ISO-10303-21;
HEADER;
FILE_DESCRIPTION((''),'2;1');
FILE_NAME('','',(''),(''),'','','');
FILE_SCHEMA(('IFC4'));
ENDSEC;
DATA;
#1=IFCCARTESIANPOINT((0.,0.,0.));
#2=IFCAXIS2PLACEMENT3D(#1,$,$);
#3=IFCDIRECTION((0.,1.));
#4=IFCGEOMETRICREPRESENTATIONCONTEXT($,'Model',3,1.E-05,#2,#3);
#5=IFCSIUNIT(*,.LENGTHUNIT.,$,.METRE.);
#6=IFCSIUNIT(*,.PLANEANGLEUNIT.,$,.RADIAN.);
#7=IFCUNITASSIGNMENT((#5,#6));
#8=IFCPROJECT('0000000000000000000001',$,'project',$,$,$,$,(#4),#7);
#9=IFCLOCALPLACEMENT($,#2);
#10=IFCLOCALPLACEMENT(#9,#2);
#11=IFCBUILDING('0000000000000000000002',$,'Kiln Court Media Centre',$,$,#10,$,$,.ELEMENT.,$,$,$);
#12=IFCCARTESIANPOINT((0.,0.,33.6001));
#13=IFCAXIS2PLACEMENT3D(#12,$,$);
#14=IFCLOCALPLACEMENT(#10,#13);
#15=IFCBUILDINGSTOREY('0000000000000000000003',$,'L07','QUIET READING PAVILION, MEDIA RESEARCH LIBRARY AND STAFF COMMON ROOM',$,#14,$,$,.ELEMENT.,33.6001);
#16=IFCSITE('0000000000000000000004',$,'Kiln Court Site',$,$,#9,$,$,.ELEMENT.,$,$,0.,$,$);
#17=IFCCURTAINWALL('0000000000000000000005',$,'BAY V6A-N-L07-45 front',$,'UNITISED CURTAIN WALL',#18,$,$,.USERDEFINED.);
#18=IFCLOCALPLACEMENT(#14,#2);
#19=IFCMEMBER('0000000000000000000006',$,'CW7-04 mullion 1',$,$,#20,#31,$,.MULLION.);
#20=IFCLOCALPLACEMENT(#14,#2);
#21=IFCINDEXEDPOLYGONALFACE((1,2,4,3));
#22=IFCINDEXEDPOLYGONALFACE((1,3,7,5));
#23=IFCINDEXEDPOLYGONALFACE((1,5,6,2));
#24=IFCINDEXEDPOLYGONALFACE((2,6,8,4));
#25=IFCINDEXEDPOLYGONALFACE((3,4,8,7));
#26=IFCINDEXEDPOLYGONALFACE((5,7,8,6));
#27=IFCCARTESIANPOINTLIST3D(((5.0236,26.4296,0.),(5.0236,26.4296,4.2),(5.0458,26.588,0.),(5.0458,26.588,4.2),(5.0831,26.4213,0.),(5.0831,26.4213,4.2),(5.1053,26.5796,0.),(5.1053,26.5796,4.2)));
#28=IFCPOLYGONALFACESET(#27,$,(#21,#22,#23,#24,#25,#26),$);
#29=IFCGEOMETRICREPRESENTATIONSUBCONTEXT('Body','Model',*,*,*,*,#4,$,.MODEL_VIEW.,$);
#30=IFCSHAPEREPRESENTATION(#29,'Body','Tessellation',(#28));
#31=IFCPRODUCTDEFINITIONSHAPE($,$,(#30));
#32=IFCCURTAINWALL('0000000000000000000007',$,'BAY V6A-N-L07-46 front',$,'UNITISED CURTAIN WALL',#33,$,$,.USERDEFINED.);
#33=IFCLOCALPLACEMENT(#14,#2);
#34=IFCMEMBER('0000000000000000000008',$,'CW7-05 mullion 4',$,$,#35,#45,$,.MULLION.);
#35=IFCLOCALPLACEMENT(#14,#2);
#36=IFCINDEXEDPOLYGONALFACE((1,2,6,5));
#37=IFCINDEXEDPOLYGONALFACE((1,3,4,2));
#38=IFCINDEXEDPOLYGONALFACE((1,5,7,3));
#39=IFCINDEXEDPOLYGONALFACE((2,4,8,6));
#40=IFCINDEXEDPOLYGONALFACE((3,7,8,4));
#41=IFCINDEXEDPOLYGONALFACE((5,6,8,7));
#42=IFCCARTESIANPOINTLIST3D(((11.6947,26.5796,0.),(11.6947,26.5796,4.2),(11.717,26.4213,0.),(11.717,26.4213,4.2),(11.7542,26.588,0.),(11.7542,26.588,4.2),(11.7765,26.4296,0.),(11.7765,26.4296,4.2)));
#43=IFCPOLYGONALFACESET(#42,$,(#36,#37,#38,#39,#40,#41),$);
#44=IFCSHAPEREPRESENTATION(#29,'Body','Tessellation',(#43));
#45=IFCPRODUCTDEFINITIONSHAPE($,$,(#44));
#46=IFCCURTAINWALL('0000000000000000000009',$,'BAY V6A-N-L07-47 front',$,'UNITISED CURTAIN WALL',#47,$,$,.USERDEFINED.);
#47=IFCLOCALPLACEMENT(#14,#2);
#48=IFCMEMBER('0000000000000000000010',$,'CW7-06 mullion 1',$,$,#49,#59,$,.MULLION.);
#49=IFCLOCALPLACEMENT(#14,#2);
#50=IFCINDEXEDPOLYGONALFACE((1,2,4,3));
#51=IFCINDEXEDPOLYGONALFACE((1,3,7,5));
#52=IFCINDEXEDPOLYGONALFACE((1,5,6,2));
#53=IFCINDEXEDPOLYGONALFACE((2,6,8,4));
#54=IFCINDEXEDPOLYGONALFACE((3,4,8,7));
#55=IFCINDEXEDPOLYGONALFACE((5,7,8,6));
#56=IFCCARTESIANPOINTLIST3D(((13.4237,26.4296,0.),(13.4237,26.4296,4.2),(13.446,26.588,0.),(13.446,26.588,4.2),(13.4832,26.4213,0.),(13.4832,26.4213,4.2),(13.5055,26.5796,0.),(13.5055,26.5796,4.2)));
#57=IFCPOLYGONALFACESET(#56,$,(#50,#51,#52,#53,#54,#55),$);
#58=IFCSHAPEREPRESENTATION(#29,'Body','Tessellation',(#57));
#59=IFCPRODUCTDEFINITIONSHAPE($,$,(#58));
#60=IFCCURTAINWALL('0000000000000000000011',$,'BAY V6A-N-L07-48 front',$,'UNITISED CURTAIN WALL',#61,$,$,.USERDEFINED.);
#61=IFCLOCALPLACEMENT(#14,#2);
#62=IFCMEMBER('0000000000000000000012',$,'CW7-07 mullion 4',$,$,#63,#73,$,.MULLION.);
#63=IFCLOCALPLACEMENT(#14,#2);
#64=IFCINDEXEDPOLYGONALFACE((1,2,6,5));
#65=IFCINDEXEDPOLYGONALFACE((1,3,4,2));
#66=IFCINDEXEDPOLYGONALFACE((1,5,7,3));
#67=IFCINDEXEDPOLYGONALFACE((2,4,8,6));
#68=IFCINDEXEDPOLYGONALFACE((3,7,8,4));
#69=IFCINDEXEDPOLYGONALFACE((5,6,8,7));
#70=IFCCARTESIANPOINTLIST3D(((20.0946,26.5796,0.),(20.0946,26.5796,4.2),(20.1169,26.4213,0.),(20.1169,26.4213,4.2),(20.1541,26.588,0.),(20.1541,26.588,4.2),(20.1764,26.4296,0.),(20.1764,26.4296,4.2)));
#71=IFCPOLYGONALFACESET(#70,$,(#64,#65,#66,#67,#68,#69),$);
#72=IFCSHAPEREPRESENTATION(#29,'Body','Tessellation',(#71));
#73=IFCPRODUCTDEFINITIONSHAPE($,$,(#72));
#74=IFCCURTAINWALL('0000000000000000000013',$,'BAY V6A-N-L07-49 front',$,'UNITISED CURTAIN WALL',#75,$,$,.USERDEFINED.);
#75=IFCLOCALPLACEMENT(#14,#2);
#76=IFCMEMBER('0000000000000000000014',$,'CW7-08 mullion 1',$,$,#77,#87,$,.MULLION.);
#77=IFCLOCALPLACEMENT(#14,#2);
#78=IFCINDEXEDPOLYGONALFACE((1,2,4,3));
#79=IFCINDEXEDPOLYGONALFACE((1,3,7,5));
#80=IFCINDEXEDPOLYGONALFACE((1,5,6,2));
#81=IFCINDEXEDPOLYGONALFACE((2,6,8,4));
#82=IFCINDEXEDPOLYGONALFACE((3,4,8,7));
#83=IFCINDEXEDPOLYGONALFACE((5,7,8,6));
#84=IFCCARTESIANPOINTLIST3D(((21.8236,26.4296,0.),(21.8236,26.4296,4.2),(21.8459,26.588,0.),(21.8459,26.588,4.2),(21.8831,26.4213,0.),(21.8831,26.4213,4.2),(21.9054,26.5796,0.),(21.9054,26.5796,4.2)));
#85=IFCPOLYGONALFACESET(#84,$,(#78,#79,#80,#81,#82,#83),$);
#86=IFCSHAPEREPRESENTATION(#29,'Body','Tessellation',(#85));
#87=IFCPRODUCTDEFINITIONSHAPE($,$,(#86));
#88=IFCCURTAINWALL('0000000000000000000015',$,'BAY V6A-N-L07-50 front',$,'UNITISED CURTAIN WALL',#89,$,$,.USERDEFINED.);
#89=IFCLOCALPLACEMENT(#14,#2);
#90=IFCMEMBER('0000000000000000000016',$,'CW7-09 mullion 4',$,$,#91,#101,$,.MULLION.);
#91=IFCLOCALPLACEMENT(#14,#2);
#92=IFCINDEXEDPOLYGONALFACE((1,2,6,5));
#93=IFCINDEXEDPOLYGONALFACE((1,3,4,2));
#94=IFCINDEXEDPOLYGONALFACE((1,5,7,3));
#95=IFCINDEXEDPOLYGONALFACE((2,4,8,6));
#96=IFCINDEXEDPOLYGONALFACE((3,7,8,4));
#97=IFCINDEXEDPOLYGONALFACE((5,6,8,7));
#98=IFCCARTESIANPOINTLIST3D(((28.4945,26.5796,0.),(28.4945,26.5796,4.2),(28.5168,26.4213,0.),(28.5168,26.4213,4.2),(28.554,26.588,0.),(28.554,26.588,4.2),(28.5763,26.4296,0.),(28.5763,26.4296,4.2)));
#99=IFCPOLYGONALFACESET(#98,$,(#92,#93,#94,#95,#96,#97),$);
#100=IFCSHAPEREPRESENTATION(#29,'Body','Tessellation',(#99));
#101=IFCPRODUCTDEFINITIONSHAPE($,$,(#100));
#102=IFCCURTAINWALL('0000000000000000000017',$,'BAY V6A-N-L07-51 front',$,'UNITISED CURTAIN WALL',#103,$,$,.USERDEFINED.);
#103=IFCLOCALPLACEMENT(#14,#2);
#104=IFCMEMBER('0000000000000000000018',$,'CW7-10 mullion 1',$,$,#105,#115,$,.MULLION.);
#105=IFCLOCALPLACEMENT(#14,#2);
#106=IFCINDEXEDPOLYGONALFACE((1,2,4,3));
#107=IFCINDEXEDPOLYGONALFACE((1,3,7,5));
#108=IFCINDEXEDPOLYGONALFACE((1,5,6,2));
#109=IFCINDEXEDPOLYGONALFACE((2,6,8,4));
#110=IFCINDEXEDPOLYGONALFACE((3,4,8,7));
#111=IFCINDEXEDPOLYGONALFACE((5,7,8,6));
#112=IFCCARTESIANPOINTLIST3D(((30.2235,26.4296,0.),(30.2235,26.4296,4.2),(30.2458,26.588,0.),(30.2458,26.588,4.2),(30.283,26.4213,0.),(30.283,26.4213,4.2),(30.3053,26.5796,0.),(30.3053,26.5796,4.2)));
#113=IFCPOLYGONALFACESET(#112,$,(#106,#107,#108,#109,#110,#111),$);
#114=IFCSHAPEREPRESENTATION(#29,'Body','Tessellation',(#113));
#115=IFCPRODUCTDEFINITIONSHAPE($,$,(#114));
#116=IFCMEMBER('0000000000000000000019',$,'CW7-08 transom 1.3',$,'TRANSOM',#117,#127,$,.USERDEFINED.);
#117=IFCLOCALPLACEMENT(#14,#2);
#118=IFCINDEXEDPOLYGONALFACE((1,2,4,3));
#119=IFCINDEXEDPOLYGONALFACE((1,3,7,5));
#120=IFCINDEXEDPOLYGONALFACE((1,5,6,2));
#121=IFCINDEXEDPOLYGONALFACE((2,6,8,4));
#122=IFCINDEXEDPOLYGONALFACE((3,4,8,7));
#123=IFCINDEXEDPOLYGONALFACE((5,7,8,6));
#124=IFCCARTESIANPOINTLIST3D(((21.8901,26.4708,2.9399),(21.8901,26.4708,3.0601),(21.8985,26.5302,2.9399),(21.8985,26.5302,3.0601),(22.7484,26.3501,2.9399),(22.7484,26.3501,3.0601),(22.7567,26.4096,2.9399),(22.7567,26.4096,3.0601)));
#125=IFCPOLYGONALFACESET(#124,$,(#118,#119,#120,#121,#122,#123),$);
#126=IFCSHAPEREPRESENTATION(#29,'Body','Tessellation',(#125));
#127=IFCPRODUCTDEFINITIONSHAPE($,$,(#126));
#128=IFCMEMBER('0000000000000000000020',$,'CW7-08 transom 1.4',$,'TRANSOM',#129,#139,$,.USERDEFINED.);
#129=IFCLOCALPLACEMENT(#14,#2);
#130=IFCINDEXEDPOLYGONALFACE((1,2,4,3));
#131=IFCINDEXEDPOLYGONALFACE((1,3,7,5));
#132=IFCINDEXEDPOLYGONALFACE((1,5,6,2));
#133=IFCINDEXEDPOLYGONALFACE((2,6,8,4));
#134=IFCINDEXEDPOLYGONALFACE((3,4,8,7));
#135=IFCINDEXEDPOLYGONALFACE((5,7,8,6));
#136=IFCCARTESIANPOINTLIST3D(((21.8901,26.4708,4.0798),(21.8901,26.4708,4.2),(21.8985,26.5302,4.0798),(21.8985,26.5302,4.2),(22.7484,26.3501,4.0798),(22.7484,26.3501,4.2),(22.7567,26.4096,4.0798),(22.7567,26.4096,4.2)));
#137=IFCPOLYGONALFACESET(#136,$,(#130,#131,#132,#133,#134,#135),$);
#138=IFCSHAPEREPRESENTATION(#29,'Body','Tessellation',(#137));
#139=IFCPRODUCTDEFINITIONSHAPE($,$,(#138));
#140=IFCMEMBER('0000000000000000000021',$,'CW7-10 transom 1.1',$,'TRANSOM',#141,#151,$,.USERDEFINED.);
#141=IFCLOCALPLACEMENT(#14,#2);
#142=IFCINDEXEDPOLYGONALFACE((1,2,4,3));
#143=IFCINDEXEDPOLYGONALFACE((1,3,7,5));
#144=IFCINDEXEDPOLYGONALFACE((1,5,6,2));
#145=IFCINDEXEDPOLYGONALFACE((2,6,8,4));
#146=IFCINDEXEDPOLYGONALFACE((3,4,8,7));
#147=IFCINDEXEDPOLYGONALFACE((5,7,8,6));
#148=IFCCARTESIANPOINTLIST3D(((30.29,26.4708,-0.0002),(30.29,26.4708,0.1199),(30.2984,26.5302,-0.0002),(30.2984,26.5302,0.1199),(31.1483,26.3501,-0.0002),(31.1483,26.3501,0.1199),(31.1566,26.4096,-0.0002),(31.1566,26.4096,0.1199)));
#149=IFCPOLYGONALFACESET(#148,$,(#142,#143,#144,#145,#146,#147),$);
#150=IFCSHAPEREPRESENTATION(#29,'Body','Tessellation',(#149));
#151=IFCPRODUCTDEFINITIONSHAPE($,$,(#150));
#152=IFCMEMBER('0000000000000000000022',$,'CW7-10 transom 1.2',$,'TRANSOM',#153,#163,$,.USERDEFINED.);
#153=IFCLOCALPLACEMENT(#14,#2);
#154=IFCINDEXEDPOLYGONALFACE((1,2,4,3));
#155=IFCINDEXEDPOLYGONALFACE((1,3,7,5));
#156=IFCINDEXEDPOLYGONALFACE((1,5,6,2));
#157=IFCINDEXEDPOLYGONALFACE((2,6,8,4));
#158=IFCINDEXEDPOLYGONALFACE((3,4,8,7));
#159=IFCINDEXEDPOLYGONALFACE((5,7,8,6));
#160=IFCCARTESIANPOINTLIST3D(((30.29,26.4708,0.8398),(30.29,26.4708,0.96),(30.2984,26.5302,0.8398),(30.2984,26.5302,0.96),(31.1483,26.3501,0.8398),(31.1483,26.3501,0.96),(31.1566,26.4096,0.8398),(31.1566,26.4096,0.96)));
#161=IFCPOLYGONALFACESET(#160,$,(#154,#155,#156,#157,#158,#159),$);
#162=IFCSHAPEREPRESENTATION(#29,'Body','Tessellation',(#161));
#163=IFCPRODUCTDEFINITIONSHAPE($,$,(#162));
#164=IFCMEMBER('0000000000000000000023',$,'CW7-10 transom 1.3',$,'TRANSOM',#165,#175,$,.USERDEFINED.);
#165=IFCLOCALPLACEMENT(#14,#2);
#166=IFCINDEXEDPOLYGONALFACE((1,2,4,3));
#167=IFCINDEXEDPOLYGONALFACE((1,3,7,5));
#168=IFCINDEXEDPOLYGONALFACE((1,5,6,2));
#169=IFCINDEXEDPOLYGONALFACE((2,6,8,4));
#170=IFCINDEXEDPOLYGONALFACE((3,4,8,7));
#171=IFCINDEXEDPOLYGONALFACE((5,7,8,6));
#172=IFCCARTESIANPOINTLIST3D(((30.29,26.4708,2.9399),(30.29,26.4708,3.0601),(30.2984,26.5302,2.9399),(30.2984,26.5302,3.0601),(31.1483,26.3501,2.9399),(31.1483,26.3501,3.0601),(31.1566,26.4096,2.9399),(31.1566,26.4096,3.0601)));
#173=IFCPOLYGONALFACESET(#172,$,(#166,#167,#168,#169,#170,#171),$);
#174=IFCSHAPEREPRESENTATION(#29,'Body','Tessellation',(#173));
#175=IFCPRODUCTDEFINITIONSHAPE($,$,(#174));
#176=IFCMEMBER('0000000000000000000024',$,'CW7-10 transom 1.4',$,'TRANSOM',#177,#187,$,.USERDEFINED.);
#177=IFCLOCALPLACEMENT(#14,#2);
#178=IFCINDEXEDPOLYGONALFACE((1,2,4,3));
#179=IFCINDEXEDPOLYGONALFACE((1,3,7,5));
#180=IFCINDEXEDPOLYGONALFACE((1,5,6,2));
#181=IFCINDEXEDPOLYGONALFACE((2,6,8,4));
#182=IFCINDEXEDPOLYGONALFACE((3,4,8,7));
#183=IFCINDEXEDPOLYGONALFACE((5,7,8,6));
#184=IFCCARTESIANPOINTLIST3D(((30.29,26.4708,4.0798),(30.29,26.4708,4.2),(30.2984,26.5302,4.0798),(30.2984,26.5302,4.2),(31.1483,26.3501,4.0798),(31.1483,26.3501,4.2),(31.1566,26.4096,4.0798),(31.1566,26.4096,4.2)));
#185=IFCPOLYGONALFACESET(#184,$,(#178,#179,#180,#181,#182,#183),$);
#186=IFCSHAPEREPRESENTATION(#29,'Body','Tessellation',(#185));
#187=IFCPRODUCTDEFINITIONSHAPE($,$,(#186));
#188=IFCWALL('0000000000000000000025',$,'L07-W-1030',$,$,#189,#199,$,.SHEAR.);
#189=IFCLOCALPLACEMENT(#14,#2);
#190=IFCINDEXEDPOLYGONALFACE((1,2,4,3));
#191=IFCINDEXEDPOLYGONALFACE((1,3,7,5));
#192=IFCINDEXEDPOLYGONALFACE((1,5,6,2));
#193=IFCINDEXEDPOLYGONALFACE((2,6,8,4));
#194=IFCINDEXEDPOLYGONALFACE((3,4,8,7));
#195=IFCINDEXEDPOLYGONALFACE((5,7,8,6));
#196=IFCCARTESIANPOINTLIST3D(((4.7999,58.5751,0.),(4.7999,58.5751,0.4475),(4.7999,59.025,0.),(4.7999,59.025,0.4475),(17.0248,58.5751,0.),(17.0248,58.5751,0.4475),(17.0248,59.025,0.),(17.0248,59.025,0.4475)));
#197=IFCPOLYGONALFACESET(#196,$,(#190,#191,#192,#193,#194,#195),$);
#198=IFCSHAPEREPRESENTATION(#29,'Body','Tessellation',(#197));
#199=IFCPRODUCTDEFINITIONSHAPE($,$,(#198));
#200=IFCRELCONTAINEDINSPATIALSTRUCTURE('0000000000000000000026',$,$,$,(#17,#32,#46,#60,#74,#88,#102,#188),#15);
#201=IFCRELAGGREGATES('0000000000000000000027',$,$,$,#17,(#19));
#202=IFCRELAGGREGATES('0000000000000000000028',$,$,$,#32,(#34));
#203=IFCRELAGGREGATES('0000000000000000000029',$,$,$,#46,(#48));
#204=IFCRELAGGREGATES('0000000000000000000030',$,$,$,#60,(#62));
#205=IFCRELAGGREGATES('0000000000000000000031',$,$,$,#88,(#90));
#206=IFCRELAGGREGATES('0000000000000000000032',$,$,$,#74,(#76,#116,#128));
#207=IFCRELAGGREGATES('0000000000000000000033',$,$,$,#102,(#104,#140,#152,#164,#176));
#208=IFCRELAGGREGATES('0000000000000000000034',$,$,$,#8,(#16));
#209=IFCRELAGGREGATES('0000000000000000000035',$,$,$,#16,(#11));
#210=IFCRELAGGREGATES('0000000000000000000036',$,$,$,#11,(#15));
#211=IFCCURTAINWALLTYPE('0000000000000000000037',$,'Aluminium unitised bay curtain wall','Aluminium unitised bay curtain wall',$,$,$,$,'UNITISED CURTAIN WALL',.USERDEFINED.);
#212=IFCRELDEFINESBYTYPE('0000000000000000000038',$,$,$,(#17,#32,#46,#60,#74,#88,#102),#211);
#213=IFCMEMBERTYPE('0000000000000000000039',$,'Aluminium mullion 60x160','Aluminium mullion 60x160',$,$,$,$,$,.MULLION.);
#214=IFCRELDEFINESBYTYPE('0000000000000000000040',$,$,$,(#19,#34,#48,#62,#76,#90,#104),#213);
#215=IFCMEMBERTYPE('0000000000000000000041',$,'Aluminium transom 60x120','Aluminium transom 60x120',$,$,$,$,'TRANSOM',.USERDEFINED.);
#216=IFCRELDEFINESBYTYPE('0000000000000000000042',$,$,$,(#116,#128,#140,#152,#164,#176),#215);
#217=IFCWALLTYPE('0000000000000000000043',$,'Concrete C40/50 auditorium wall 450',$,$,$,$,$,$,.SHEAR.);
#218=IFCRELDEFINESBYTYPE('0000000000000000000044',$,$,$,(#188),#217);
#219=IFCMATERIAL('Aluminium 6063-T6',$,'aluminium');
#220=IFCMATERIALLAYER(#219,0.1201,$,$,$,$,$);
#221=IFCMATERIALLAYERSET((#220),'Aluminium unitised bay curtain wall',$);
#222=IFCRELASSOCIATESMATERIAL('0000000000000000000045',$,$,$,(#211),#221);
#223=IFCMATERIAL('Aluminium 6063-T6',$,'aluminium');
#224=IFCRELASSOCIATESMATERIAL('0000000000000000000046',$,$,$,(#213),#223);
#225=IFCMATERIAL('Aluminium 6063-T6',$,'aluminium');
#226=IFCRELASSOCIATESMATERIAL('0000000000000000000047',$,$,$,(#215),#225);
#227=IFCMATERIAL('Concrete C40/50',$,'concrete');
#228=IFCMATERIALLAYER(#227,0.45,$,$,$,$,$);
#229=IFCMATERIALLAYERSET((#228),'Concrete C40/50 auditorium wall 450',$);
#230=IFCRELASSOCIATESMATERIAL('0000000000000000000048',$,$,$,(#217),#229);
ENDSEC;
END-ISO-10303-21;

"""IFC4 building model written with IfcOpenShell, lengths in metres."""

from ifc_helpers import new_model, si_unit, direction, frame, frame_2d, origin, origin_2d, place, context, subcontext, project, spatial, rectangle, extrude, material, layer, layer_set, material_profile, profile_set, type_object, element, aggregate, save


model = new_model("IFC4")

# Units and contexts
model_context = context("Model", 3, precision=1e-05, world=origin(), true_north=direction((0.0, 1.0)))
body_context = subcontext(model_context, "Body", "Model", "MODEL_VIEW")
ifc_project = project(units=[si_unit("LENGTHUNIT", "METRE"), si_unit("PLANEANGLEUNIT", "RADIAN")], contexts=[model_context])

# Site, building, storey
site_placement = place(None, origin())
site = spatial("IfcSite", under=ifc_project, at=site_placement, Name="Kiln Court Site", CompositionType="ELEMENT", RefElevation=0.0)
building_placement = place(site_placement, origin())
building = spatial("IfcBuilding", under=site, at=building_placement, Name="Kiln Court Media Centre", CompositionType="ELEMENT")
storey_placement = place(building_placement, frame((0.0, 0.0, 33.6001)))
storey = spatial("IfcBuildingStorey", under=building, at=storey_placement, Name="L07", Description="QUIET READING PAVILION, MEDIA RESEARCH LIBRARY AND STAFF COMMON ROOM", CompositionType="ELEMENT", Elevation=33.6001)

# Curtain walls, members
ifc_material_1 = material(Name="Aluminium 6063-T6", Category="aluminium")
ifc_layer_1 = layer(ifc_material_1, 0.1201)
ifc_layer_set_1 = layer_set([ifc_layer_1], Name="Aluminium unitised bay curtain wall")
curtain_wall_type = type_object("IfcCurtainWallType", Name="Aluminium unitised bay curtain wall", Description="Aluminium unitised bay curtain wall", ElementType="UNITISED CURTAIN WALL", PredefinedType="USERDEFINED", material=ifc_layer_set_1)
curtain_wall_1_placement = place(storey_placement, origin())
curtain_wall_1 = element("IfcCurtainWall", 1, at=curtain_wall_1_placement, inside=storey, type_object=curtain_wall_type, Name="BAY V6A-N-L07-45 front", ObjectType="UNITISED CURTAIN WALL", PredefinedType="USERDEFINED")
ifc_material_2 = material(Name="Aluminium 6063-T6", Category="aluminium")
ifc_material_profile_1 = material_profile(ifc_material_2, rectangle(XDim=0.0601, YDim=0.1599, at=origin_2d()), Name="Aluminium mullion 60x160")
ifc_profile_set_1 = profile_set([ifc_material_profile_1], Name="Aluminium 6063-T6")
member_type_1 = type_object("IfcMemberType", Name="Aluminium mullion 60x160", Description="Aluminium mullion 60x160", PredefinedType="MULLION", material=ifc_profile_set_1)
member_1_placement = place(storey_placement, frame((5.0645, 26.5046, 0.0), z_axis=(0.0, 0.0, 1.0), x_axis=(0.99027, -0.139162, 0.0)))
member_1 = element("IfcMember", 2, at=member_1_placement, type_object=member_type_1, Name="CW7-04 mullion 1", PredefinedType="MULLION", context=body_context, shape_type="SweptSolid", body=[
    extrude(rectangle(XDim=0.0601, YDim=0.1599, at=origin_2d()), origin(), (0.0, 0.0, 1.0), 4.2),
])
aggregate(curtain_wall_1, [member_1])
curtain_wall_2_placement = place(storey_placement, origin())
curtain_wall_2 = element("IfcCurtainWall", 3, at=curtain_wall_2_placement, inside=storey, type_object=curtain_wall_type, Name="BAY V6A-N-L07-46 front", ObjectType="UNITISED CURTAIN WALL", PredefinedType="USERDEFINED")
member_2_placement = place(storey_placement, frame((11.7356, 26.5046, 0.0), z_axis=(0.0, 0.0, 1.0), x_axis=(0.99027, 0.139162, 0.0)))
member_2 = element("IfcMember", 4, at=member_2_placement, type_object=member_type_1, Name="CW7-05 mullion 4", PredefinedType="MULLION", context=body_context, shape_type="SweptSolid", body=[
    extrude(rectangle(XDim=0.0601, YDim=0.1599, at=origin_2d()), origin(), (0.0, 0.0, 1.0), 4.2),
])
aggregate(curtain_wall_2, [member_2])
curtain_wall_3_placement = place(storey_placement, origin())
curtain_wall_3 = element("IfcCurtainWall", 5, at=curtain_wall_3_placement, inside=storey, type_object=curtain_wall_type, Name="BAY V6A-N-L07-47 front", ObjectType="UNITISED CURTAIN WALL", PredefinedType="USERDEFINED")
member_3_placement = place(storey_placement, frame((13.4646, 26.5046, 0.0), z_axis=(0.0, 0.0, 1.0), x_axis=(0.99027, -0.139162, 0.0)))
member_3 = element("IfcMember", 6, at=member_3_placement, type_object=member_type_1, Name="CW7-06 mullion 1", PredefinedType="MULLION", context=body_context, shape_type="SweptSolid", body=[
    extrude(rectangle(XDim=0.0601, YDim=0.1599, at=origin_2d()), origin(), (0.0, 0.0, 1.0), 4.2),
])
aggregate(curtain_wall_3, [member_3])
curtain_wall_4_placement = place(storey_placement, origin())
curtain_wall_4 = element("IfcCurtainWall", 7, at=curtain_wall_4_placement, inside=storey, type_object=curtain_wall_type, Name="BAY V6A-N-L07-48 front", ObjectType="UNITISED CURTAIN WALL", PredefinedType="USERDEFINED")
member_4_placement = place(storey_placement, frame((20.1355, 26.5046, 0.0), z_axis=(0.0, 0.0, 1.0), x_axis=(0.99027, 0.139162, 0.0)))
member_4 = element("IfcMember", 8, at=member_4_placement, type_object=member_type_1, Name="CW7-07 mullion 4", PredefinedType="MULLION", context=body_context, shape_type="SweptSolid", body=[
    extrude(rectangle(XDim=0.0601, YDim=0.1599, at=origin_2d()), origin(), (0.0, 0.0, 1.0), 4.2),
])
aggregate(curtain_wall_4, [member_4])
curtain_wall_5_placement = place(storey_placement, origin())
curtain_wall_5 = element("IfcCurtainWall", 9, at=curtain_wall_5_placement, inside=storey, type_object=curtain_wall_type, Name="BAY V6A-N-L07-49 front", ObjectType="UNITISED CURTAIN WALL", PredefinedType="USERDEFINED")
member_5_placement = place(storey_placement, frame((21.8645, 26.5046, 0.0), z_axis=(0.0, 0.0, 1.0), x_axis=(0.99027, -0.139162, 0.0)))
member_5 = element("IfcMember", 10, at=member_5_placement, type_object=member_type_1, Name="CW7-08 mullion 1", PredefinedType="MULLION", context=body_context, shape_type="SweptSolid", body=[
    extrude(rectangle(XDim=0.0601, YDim=0.1599, at=origin_2d()), origin(), (0.0, 0.0, 1.0), 4.2),
])
curtain_wall_6_placement = place(storey_placement, origin())
curtain_wall_6 = element("IfcCurtainWall", 11, at=curtain_wall_6_placement, inside=storey, type_object=curtain_wall_type, Name="BAY V6A-N-L07-50 front", ObjectType="UNITISED CURTAIN WALL", PredefinedType="USERDEFINED")
member_6_placement = place(storey_placement, frame((28.5354, 26.5046, 0.0), z_axis=(0.0, 0.0, 1.0), x_axis=(0.99027, 0.139162, 0.0)))
member_6 = element("IfcMember", 12, at=member_6_placement, type_object=member_type_1, Name="CW7-09 mullion 4", PredefinedType="MULLION", context=body_context, shape_type="SweptSolid", body=[
    extrude(rectangle(XDim=0.0601, YDim=0.1599, at=origin_2d()), origin(), (0.0, 0.0, 1.0), 4.2),
])
aggregate(curtain_wall_6, [member_6])
curtain_wall_7_placement = place(storey_placement, origin())
curtain_wall_7 = element("IfcCurtainWall", 13, at=curtain_wall_7_placement, inside=storey, type_object=curtain_wall_type, Name="BAY V6A-N-L07-51 front", ObjectType="UNITISED CURTAIN WALL", PredefinedType="USERDEFINED")
member_7_placement = place(storey_placement, frame((30.2644, 26.5046, 0.0), z_axis=(0.0, 0.0, 1.0), x_axis=(0.99027, -0.139162, 0.0)))
member_7 = element("IfcMember", 14, at=member_7_placement, type_object=member_type_1, Name="CW7-10 mullion 1", PredefinedType="MULLION", context=body_context, shape_type="SweptSolid", body=[
    extrude(rectangle(XDim=0.0601, YDim=0.1599, at=origin_2d()), origin(), (0.0, 0.0, 1.0), 4.2),
])

# Members
ifc_material_3 = material(Name="Aluminium 6063-T6", Category="aluminium")
ifc_material_profile_2 = material_profile(ifc_material_3, rectangle(XDim=0.0601, YDim=0.1201, at=origin_2d()), Name="Aluminium transom 60x120")
ifc_profile_set_2 = profile_set([ifc_material_profile_2], Name="Aluminium 6063-T6")
member_type_2 = type_object("IfcMemberType", Name="Aluminium transom 60x120", Description="Aluminium transom 60x120", ElementType="TRANSOM", PredefinedType="USERDEFINED", material=ifc_profile_set_2)
member_8_placement = place(storey_placement, frame((21.8943, 26.5005, 3.0), z_axis=(0.990268, -0.139173, 0.0), x_axis=(0.139173, 0.990268, 0.0)))
member_8 = element("IfcMember", 15, at=member_8_placement, type_object=member_type_2, Name="CW7-08 transom 1.3", ObjectType="TRANSOM", PredefinedType="USERDEFINED", context=body_context, shape_type="SweptSolid", body=[
    extrude(rectangle(XDim=0.0601, YDim=0.1201, at=origin_2d()), origin(), (0.0, 0.0, 1.0), 0.8667),
])
member_9_placement = place(storey_placement, frame((21.8943, 26.5005, 4.1399), z_axis=(0.990268, -0.139173, 0.0), x_axis=(0.139173, 0.990268, 0.0)))
member_9 = element("IfcMember", 16, at=member_9_placement, type_object=member_type_2, Name="CW7-08 transom 1.4", ObjectType="TRANSOM", PredefinedType="USERDEFINED", context=body_context, shape_type="SweptSolid", body=[
    extrude(rectangle(XDim=0.0601, YDim=0.1201, at=origin_2d()), origin(), (0.0, 0.0, 1.0), 0.8667),
])
aggregate(curtain_wall_5, [member_5, member_8, member_9])
member_10_placement = place(storey_placement, frame((30.2942, 26.5005, 0.0598), z_axis=(0.990268, -0.139173, 0.0), x_axis=(0.139173, 0.990268, 0.0)))
member_10 = element("IfcMember", 17, at=member_10_placement, type_object=member_type_2, Name="CW7-10 transom 1.1", ObjectType="TRANSOM", PredefinedType="USERDEFINED", context=body_context, shape_type="SweptSolid", body=[
    extrude(rectangle(XDim=0.0601, YDim=0.1201, at=origin_2d()), origin(), (0.0, 0.0, 1.0), 0.8667),
])
member_11_placement = place(storey_placement, frame((30.2942, 26.5005, 0.8999), z_axis=(0.990268, -0.139173, 0.0), x_axis=(0.139173, 0.990268, 0.0)))
member_11 = element("IfcMember", 18, at=member_11_placement, type_object=member_type_2, Name="CW7-10 transom 1.2", ObjectType="TRANSOM", PredefinedType="USERDEFINED", context=body_context, shape_type="SweptSolid", body=[
    extrude(rectangle(XDim=0.0601, YDim=0.1201, at=origin_2d()), origin(), (0.0, 0.0, 1.0), 0.8667),
])
member_12_placement = place(storey_placement, frame((30.2942, 26.5005, 3.0), z_axis=(0.990268, -0.139173, 0.0), x_axis=(0.139173, 0.990268, 0.0)))
member_12 = element("IfcMember", 19, at=member_12_placement, type_object=member_type_2, Name="CW7-10 transom 1.3", ObjectType="TRANSOM", PredefinedType="USERDEFINED", context=body_context, shape_type="SweptSolid", body=[
    extrude(rectangle(XDim=0.0601, YDim=0.1201, at=origin_2d()), origin(), (0.0, 0.0, 1.0), 0.8667),
])
member_13_placement = place(storey_placement, frame((30.2942, 26.5005, 4.1399), z_axis=(0.990268, -0.139173, 0.0), x_axis=(0.139173, 0.990268, 0.0)))
member_13 = element("IfcMember", 20, at=member_13_placement, type_object=member_type_2, Name="CW7-10 transom 1.4", ObjectType="TRANSOM", PredefinedType="USERDEFINED", context=body_context, shape_type="SweptSolid", body=[
    extrude(rectangle(XDim=0.0601, YDim=0.1201, at=origin_2d()), origin(), (0.0, 0.0, 1.0), 0.8667),
])
aggregate(curtain_wall_7, [member_7, member_10, member_11, member_12, member_13])

# Wall
ifc_material_4 = material(Name="Concrete C40/50", Category="concrete")
ifc_layer_2 = layer(ifc_material_4, 0.45)
ifc_layer_set_2 = layer_set([ifc_layer_2], Name="Concrete C40/50 auditorium wall 450")
wall_type_1 = type_object("IfcWallType", Name="Concrete C40/50 auditorium wall 450", PredefinedType="SHEAR", material=ifc_layer_set_2)
wall_1_placement = place(storey_placement, frame((4.8, 58.8, 0.0), z_axis=(0.0, 0.0, 1.0), x_axis=(1.0, 0.0, 0.0)))
element("IfcWall", 21, at=wall_1_placement, inside=storey, type_object=wall_type_1, Name="L07-W-1030", PredefinedType="SHEAR", context=body_context, shape_type="SweptSolid", body=[
    extrude(rectangle(XDim=12.2249, YDim=0.45, at=frame_2d((6.1123, 0.0))), origin(), (0.0, 0.0, 1.0), 0.4475),
])

save(model, "model.ifc")
